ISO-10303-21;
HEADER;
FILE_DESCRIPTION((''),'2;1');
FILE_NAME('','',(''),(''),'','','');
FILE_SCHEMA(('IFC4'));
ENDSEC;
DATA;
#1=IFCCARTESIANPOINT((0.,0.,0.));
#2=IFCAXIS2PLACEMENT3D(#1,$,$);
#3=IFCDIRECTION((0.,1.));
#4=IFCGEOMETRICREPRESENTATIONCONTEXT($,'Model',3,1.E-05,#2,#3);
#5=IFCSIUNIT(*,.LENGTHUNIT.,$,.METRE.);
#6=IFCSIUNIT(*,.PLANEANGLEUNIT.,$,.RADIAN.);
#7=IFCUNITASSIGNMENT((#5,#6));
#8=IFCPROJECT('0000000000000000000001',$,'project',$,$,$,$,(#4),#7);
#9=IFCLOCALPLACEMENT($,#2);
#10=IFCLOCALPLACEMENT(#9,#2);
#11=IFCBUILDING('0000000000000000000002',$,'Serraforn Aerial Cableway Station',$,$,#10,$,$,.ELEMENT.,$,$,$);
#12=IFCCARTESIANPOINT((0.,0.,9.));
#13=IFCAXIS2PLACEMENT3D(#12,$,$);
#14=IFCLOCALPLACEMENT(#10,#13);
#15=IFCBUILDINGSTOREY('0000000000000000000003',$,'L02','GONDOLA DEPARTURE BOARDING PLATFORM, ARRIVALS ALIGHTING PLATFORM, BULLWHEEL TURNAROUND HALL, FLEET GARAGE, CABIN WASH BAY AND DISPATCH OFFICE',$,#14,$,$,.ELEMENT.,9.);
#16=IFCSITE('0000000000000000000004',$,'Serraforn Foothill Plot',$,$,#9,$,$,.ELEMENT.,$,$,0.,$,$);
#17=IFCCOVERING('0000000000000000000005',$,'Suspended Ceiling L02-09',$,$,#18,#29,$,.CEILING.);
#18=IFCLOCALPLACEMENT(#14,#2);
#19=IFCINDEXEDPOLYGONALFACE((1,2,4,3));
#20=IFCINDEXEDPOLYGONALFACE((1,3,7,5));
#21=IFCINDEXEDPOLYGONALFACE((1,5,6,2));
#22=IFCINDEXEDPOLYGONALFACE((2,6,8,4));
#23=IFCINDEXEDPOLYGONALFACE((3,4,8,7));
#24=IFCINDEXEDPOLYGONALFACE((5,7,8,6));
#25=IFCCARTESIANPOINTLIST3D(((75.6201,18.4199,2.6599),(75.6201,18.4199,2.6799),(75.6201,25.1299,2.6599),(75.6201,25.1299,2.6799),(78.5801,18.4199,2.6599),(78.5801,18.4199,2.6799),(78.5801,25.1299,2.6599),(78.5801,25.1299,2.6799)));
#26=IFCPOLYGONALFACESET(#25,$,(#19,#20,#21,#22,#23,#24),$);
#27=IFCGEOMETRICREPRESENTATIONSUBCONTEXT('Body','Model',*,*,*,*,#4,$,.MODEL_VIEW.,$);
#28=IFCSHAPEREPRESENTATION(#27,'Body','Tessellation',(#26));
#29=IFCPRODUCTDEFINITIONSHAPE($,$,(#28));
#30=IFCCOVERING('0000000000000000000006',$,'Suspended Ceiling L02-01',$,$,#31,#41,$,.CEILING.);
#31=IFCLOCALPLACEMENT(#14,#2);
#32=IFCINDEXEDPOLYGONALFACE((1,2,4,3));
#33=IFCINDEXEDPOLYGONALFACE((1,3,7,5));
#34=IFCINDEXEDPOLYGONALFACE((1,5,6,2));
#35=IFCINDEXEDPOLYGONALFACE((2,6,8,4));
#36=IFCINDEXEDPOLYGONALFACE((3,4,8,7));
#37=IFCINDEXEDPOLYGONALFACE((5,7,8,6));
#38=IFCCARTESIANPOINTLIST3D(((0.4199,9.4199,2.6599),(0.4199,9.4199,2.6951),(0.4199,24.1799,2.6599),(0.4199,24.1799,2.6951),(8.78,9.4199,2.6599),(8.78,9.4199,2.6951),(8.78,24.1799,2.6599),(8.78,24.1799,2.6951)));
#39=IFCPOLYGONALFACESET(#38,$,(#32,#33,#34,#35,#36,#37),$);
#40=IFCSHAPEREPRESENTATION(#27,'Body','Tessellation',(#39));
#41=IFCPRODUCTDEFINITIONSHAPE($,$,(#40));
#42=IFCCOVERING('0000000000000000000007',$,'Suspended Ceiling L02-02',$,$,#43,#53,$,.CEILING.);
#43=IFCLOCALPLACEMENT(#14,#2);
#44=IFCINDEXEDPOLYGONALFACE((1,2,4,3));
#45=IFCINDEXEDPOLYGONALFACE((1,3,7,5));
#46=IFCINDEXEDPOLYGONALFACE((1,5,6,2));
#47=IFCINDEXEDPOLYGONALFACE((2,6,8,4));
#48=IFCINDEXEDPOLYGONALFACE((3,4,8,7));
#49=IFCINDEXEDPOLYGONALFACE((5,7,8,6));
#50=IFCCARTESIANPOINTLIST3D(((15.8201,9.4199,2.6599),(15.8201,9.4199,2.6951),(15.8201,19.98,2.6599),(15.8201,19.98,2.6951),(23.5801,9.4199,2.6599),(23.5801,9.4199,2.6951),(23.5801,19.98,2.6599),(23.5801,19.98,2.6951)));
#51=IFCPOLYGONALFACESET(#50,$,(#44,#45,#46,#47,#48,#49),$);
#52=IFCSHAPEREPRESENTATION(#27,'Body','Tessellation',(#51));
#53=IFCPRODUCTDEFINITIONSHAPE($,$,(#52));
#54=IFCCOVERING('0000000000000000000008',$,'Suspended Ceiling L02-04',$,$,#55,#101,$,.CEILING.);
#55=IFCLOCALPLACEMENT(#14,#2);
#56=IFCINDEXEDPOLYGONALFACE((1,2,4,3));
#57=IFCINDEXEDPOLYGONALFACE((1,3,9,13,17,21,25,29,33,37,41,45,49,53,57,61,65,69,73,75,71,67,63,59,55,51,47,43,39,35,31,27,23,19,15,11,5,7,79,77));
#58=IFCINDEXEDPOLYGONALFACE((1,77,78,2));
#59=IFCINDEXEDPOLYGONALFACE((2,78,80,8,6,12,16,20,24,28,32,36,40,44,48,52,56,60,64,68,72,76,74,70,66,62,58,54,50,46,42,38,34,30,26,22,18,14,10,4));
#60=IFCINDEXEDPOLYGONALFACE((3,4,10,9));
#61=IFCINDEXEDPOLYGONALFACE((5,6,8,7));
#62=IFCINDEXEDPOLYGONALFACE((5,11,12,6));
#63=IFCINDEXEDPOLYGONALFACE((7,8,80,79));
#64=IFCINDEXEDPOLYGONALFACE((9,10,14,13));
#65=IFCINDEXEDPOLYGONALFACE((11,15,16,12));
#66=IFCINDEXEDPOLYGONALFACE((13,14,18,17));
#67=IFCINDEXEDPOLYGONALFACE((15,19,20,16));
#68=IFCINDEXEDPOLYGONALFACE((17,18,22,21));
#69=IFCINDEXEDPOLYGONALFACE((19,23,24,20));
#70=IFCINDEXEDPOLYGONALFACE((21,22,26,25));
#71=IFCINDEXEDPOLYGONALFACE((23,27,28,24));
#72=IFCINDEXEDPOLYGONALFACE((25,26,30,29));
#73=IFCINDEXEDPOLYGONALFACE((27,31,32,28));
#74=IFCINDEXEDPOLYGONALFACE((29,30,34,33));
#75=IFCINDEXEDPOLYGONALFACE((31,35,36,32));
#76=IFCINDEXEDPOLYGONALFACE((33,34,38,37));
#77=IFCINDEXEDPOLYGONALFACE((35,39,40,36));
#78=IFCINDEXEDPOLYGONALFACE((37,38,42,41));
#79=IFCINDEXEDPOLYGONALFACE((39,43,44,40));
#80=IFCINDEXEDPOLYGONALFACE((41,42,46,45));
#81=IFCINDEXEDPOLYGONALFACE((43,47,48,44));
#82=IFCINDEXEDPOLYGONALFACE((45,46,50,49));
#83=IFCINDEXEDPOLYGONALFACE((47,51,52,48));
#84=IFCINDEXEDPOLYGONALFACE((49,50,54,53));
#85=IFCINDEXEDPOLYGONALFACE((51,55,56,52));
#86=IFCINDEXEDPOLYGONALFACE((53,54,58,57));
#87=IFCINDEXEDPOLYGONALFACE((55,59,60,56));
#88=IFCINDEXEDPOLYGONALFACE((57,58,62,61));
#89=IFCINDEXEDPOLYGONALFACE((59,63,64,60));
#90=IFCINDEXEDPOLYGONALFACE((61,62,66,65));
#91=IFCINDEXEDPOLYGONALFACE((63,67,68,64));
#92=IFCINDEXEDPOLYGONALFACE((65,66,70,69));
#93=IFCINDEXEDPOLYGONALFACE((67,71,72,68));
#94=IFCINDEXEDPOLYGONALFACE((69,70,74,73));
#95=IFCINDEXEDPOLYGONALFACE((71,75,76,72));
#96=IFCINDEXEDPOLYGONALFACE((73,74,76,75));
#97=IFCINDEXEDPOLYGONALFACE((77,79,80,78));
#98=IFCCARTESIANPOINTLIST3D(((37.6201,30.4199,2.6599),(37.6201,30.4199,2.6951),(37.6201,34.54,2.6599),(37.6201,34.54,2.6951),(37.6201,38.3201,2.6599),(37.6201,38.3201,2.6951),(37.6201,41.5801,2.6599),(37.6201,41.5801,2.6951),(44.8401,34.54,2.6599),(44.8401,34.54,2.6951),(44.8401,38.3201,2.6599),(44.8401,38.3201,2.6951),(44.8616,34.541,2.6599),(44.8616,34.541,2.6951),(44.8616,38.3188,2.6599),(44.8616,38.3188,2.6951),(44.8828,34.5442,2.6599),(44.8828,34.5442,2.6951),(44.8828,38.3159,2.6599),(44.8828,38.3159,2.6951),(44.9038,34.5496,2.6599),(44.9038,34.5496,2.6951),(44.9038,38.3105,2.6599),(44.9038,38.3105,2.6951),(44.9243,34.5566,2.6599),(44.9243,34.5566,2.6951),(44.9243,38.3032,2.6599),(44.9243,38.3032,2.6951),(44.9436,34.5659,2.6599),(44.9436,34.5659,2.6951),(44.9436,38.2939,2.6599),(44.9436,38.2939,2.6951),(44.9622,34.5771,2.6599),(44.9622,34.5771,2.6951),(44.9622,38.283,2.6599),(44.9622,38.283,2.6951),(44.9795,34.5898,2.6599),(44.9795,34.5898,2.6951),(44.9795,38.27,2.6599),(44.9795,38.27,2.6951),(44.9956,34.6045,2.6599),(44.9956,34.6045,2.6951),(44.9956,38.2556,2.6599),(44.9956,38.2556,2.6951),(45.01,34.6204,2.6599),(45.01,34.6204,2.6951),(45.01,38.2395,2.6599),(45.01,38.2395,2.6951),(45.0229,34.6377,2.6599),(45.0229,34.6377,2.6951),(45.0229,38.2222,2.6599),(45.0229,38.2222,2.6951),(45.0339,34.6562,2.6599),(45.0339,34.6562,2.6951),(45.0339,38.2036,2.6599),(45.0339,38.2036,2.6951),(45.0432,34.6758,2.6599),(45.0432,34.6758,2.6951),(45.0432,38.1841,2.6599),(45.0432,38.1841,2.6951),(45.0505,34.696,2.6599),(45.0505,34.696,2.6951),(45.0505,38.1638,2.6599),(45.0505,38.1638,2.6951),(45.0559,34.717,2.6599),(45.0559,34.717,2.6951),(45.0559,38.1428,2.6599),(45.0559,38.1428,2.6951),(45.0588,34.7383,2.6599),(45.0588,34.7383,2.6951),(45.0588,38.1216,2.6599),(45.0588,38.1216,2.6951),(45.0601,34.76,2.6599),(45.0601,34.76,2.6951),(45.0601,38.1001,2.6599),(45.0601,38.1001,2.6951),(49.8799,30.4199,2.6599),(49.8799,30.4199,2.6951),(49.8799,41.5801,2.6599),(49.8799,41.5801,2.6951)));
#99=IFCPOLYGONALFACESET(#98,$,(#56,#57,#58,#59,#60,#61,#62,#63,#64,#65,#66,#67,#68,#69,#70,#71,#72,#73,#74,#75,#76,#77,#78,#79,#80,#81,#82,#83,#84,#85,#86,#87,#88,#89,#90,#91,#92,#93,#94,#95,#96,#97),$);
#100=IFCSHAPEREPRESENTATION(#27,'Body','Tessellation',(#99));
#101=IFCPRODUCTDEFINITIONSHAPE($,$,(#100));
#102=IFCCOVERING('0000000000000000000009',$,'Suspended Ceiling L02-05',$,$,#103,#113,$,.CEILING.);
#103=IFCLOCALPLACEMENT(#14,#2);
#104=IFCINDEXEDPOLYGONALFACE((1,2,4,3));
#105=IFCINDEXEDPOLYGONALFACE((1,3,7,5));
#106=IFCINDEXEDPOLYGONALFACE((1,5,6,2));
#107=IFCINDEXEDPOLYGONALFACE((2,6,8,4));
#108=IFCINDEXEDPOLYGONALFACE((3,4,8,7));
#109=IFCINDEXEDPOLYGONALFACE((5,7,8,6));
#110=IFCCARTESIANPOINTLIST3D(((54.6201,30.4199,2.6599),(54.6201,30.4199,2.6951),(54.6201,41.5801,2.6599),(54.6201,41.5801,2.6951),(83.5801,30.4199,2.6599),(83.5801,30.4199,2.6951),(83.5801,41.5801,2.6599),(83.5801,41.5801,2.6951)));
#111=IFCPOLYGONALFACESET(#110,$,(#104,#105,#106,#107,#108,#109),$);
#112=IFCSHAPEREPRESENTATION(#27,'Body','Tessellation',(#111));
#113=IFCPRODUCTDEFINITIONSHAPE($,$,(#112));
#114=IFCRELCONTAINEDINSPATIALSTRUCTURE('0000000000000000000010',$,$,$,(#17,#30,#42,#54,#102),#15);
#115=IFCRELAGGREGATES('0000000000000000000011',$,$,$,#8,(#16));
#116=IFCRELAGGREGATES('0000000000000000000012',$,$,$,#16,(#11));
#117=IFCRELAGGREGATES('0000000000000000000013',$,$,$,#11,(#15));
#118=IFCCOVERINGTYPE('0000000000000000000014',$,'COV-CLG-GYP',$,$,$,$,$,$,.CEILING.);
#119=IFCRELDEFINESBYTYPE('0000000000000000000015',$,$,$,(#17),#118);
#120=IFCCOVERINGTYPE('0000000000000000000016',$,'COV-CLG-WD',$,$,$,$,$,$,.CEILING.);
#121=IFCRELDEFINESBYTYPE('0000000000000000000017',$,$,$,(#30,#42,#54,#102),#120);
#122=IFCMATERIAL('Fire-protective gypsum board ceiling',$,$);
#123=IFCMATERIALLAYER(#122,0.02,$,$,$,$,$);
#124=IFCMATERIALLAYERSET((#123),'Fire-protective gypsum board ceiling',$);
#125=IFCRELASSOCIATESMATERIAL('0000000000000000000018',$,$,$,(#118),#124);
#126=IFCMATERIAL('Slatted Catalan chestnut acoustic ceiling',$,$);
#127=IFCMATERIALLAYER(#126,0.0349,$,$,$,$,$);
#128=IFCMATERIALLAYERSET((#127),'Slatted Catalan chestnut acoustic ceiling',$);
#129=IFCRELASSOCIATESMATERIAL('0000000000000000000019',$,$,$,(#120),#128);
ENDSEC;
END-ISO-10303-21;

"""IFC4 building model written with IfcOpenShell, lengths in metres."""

from ifc_helpers import new_model, si_unit, direction, frame, origin, place, context, subcontext, project, spatial, polyline, outline, extrude, material, layer, layer_set, type_object, element, save


model = new_model("IFC4")

# Units and contexts
model_context = context("Model", 3, precision=1e-05, world=origin(), true_north=direction((0.0, 1.0)))
body_context = subcontext(model_context, "Body", "Model", "MODEL_VIEW")
ifc_project = project(units=[si_unit("LENGTHUNIT", "METRE"), si_unit("PLANEANGLEUNIT", "RADIAN")], contexts=[model_context])

# Site, building, storey
site_placement = place(None, origin())
site = spatial("IfcSite", under=ifc_project, at=site_placement, Name="Serraforn Foothill Plot", CompositionType="ELEMENT", RefElevation=0.0)
building_placement = place(site_placement, origin())
building = spatial("IfcBuilding", under=site, at=building_placement, Name="Serraforn Aerial Cableway Station", CompositionType="ELEMENT")
storey_placement = place(building_placement, frame((0.0, 0.0, 9.0)))
storey = spatial("IfcBuildingStorey", under=building, at=storey_placement, Name="L02", Description="GONDOLA DEPARTURE BOARDING PLATFORM, ARRIVALS ALIGHTING PLATFORM, BULLWHEEL TURNAROUND HALL, FLEET GARAGE, CABIN WASH BAY AND DISPATCH OFFICE", CompositionType="ELEMENT", Elevation=9.0)

# Coverings
ifc_material_1 = material(Name="Fire-protective gypsum board ceiling")
ifc_layer_1 = layer(ifc_material_1, 0.02)
ifc_layer_set_1 = layer_set([ifc_layer_1], Name="Fire-protective gypsum board ceiling")
covering_type_1 = type_object("IfcCoveringType", Name="COV-CLG-GYP", PredefinedType="CEILING", material=ifc_layer_set_1)
covering_1_placement = place(storey_placement, frame((0.0, 0.0, 2.6599)))
element("IfcCovering", 1, at=covering_1_placement, inside=storey, type_object=covering_type_1, Name="Suspended Ceiling L02-09", PredefinedType="CEILING", context=body_context, shape_type="SweptSolid", body=[
    extrude(outline(polyline([(75.6201, 18.4199), (75.6201, 25.1299), (78.5801, 25.1299), (78.5801, 18.4199), (75.6201, 18.4199)])), origin(), (0.0, 0.0, 1.0), 0.02),
])
ifc_material_2 = material(Name="Slatted Catalan chestnut acoustic ceiling")
ifc_layer_2 = layer(ifc_material_2, 0.0349)
ifc_layer_set_2 = layer_set([ifc_layer_2], Name="Slatted Catalan chestnut acoustic ceiling")
covering_type_2 = type_object("IfcCoveringType", Name="COV-CLG-WD", PredefinedType="CEILING", material=ifc_layer_set_2)
covering_2_placement = place(storey_placement, frame((0.0, 0.0, 2.6599)))
element("IfcCovering", 2, at=covering_2_placement, inside=storey, type_object=covering_type_2, Name="Suspended Ceiling L02-01", PredefinedType="CEILING", context=body_context, shape_type="SweptSolid", body=[
    extrude(outline(polyline([(8.78, 9.4199), (0.4199, 9.4199), (0.4199, 24.1799), (8.78, 24.1799), (8.78, 9.4199)])), origin(), (0.0, 0.0, 1.0), 0.0352),
])
covering_3_placement = place(storey_placement, frame((0.0, 0.0, 2.6599)))
element("IfcCovering", 3, at=covering_3_placement, inside=storey, type_object=covering_type_2, Name="Suspended Ceiling L02-02", PredefinedType="CEILING", context=body_context, shape_type="SweptSolid", body=[
    extrude(outline(polyline([(15.8201, 9.4199), (15.8201, 19.98), (23.5801, 19.98), (23.5801, 9.4199), (15.8201, 9.4199)])), origin(), (0.0, 0.0, 1.0), 0.0352),
])
covering_4_placement = place(storey_placement, frame((0.0, 0.0, 2.6599)))
element("IfcCovering", 4, at=covering_4_placement, inside=storey, type_object=covering_type_2, Name="Suspended Ceiling L02-04", PredefinedType="CEILING", context=body_context, shape_type="SweptSolid", body=[
    extrude(outline(polyline([(37.6201, 41.5801), (49.8799, 41.5801), (49.8799, 30.4199), (37.6201, 30.4199), (37.6201, 34.54), (44.8401, 34.54), (44.8616, 34.541), (44.8828, 34.5442), (44.9038, 34.5496), (44.9243, 34.5566), (44.9436, 34.5659), (44.9622, 34.5771), (44.9795, 34.5898), (44.9956, 34.6045), (45.01, 34.6204), (45.0229, 34.6377), (45.0339, 34.6562), (45.0432, 34.6758), (45.0505, 34.696), (45.0559, 34.717), (45.0588, 34.7383), (45.0601, 34.76), (45.0601, 38.1001), (45.0588, 38.1216), (45.0559, 38.1428), (45.0505, 38.1638), (45.0432, 38.1841), (45.0339, 38.2036), (45.0229, 38.2222), (45.01, 38.2395), (44.9956, 38.2556), (44.9795, 38.27), (44.9622, 38.283), (44.9436, 38.2939), (44.9243, 38.3032), (44.9038, 38.3105), (44.8828, 38.3159), (44.8616, 38.3188), (44.8401, 38.3201), (37.6201, 38.3201), (37.6201, 41.5801)])), origin(), (0.0, 0.0, 1.0), 0.0352),
])
covering_5_placement = place(storey_placement, frame((0.0, 0.0, 2.6599)))
element("IfcCovering", 5, at=covering_5_placement, inside=storey, type_object=covering_type_2, Name="Suspended Ceiling L02-05", PredefinedType="CEILING", context=body_context, shape_type="SweptSolid", body=[
    extrude(outline(polyline([(54.6201, 30.4199), (54.6201, 41.5801), (83.5801, 41.5801), (83.5801, 30.4199), (54.6201, 30.4199)])), origin(), (0.0, 0.0, 1.0), 0.0352),
])

save(model, "model.ifc")
